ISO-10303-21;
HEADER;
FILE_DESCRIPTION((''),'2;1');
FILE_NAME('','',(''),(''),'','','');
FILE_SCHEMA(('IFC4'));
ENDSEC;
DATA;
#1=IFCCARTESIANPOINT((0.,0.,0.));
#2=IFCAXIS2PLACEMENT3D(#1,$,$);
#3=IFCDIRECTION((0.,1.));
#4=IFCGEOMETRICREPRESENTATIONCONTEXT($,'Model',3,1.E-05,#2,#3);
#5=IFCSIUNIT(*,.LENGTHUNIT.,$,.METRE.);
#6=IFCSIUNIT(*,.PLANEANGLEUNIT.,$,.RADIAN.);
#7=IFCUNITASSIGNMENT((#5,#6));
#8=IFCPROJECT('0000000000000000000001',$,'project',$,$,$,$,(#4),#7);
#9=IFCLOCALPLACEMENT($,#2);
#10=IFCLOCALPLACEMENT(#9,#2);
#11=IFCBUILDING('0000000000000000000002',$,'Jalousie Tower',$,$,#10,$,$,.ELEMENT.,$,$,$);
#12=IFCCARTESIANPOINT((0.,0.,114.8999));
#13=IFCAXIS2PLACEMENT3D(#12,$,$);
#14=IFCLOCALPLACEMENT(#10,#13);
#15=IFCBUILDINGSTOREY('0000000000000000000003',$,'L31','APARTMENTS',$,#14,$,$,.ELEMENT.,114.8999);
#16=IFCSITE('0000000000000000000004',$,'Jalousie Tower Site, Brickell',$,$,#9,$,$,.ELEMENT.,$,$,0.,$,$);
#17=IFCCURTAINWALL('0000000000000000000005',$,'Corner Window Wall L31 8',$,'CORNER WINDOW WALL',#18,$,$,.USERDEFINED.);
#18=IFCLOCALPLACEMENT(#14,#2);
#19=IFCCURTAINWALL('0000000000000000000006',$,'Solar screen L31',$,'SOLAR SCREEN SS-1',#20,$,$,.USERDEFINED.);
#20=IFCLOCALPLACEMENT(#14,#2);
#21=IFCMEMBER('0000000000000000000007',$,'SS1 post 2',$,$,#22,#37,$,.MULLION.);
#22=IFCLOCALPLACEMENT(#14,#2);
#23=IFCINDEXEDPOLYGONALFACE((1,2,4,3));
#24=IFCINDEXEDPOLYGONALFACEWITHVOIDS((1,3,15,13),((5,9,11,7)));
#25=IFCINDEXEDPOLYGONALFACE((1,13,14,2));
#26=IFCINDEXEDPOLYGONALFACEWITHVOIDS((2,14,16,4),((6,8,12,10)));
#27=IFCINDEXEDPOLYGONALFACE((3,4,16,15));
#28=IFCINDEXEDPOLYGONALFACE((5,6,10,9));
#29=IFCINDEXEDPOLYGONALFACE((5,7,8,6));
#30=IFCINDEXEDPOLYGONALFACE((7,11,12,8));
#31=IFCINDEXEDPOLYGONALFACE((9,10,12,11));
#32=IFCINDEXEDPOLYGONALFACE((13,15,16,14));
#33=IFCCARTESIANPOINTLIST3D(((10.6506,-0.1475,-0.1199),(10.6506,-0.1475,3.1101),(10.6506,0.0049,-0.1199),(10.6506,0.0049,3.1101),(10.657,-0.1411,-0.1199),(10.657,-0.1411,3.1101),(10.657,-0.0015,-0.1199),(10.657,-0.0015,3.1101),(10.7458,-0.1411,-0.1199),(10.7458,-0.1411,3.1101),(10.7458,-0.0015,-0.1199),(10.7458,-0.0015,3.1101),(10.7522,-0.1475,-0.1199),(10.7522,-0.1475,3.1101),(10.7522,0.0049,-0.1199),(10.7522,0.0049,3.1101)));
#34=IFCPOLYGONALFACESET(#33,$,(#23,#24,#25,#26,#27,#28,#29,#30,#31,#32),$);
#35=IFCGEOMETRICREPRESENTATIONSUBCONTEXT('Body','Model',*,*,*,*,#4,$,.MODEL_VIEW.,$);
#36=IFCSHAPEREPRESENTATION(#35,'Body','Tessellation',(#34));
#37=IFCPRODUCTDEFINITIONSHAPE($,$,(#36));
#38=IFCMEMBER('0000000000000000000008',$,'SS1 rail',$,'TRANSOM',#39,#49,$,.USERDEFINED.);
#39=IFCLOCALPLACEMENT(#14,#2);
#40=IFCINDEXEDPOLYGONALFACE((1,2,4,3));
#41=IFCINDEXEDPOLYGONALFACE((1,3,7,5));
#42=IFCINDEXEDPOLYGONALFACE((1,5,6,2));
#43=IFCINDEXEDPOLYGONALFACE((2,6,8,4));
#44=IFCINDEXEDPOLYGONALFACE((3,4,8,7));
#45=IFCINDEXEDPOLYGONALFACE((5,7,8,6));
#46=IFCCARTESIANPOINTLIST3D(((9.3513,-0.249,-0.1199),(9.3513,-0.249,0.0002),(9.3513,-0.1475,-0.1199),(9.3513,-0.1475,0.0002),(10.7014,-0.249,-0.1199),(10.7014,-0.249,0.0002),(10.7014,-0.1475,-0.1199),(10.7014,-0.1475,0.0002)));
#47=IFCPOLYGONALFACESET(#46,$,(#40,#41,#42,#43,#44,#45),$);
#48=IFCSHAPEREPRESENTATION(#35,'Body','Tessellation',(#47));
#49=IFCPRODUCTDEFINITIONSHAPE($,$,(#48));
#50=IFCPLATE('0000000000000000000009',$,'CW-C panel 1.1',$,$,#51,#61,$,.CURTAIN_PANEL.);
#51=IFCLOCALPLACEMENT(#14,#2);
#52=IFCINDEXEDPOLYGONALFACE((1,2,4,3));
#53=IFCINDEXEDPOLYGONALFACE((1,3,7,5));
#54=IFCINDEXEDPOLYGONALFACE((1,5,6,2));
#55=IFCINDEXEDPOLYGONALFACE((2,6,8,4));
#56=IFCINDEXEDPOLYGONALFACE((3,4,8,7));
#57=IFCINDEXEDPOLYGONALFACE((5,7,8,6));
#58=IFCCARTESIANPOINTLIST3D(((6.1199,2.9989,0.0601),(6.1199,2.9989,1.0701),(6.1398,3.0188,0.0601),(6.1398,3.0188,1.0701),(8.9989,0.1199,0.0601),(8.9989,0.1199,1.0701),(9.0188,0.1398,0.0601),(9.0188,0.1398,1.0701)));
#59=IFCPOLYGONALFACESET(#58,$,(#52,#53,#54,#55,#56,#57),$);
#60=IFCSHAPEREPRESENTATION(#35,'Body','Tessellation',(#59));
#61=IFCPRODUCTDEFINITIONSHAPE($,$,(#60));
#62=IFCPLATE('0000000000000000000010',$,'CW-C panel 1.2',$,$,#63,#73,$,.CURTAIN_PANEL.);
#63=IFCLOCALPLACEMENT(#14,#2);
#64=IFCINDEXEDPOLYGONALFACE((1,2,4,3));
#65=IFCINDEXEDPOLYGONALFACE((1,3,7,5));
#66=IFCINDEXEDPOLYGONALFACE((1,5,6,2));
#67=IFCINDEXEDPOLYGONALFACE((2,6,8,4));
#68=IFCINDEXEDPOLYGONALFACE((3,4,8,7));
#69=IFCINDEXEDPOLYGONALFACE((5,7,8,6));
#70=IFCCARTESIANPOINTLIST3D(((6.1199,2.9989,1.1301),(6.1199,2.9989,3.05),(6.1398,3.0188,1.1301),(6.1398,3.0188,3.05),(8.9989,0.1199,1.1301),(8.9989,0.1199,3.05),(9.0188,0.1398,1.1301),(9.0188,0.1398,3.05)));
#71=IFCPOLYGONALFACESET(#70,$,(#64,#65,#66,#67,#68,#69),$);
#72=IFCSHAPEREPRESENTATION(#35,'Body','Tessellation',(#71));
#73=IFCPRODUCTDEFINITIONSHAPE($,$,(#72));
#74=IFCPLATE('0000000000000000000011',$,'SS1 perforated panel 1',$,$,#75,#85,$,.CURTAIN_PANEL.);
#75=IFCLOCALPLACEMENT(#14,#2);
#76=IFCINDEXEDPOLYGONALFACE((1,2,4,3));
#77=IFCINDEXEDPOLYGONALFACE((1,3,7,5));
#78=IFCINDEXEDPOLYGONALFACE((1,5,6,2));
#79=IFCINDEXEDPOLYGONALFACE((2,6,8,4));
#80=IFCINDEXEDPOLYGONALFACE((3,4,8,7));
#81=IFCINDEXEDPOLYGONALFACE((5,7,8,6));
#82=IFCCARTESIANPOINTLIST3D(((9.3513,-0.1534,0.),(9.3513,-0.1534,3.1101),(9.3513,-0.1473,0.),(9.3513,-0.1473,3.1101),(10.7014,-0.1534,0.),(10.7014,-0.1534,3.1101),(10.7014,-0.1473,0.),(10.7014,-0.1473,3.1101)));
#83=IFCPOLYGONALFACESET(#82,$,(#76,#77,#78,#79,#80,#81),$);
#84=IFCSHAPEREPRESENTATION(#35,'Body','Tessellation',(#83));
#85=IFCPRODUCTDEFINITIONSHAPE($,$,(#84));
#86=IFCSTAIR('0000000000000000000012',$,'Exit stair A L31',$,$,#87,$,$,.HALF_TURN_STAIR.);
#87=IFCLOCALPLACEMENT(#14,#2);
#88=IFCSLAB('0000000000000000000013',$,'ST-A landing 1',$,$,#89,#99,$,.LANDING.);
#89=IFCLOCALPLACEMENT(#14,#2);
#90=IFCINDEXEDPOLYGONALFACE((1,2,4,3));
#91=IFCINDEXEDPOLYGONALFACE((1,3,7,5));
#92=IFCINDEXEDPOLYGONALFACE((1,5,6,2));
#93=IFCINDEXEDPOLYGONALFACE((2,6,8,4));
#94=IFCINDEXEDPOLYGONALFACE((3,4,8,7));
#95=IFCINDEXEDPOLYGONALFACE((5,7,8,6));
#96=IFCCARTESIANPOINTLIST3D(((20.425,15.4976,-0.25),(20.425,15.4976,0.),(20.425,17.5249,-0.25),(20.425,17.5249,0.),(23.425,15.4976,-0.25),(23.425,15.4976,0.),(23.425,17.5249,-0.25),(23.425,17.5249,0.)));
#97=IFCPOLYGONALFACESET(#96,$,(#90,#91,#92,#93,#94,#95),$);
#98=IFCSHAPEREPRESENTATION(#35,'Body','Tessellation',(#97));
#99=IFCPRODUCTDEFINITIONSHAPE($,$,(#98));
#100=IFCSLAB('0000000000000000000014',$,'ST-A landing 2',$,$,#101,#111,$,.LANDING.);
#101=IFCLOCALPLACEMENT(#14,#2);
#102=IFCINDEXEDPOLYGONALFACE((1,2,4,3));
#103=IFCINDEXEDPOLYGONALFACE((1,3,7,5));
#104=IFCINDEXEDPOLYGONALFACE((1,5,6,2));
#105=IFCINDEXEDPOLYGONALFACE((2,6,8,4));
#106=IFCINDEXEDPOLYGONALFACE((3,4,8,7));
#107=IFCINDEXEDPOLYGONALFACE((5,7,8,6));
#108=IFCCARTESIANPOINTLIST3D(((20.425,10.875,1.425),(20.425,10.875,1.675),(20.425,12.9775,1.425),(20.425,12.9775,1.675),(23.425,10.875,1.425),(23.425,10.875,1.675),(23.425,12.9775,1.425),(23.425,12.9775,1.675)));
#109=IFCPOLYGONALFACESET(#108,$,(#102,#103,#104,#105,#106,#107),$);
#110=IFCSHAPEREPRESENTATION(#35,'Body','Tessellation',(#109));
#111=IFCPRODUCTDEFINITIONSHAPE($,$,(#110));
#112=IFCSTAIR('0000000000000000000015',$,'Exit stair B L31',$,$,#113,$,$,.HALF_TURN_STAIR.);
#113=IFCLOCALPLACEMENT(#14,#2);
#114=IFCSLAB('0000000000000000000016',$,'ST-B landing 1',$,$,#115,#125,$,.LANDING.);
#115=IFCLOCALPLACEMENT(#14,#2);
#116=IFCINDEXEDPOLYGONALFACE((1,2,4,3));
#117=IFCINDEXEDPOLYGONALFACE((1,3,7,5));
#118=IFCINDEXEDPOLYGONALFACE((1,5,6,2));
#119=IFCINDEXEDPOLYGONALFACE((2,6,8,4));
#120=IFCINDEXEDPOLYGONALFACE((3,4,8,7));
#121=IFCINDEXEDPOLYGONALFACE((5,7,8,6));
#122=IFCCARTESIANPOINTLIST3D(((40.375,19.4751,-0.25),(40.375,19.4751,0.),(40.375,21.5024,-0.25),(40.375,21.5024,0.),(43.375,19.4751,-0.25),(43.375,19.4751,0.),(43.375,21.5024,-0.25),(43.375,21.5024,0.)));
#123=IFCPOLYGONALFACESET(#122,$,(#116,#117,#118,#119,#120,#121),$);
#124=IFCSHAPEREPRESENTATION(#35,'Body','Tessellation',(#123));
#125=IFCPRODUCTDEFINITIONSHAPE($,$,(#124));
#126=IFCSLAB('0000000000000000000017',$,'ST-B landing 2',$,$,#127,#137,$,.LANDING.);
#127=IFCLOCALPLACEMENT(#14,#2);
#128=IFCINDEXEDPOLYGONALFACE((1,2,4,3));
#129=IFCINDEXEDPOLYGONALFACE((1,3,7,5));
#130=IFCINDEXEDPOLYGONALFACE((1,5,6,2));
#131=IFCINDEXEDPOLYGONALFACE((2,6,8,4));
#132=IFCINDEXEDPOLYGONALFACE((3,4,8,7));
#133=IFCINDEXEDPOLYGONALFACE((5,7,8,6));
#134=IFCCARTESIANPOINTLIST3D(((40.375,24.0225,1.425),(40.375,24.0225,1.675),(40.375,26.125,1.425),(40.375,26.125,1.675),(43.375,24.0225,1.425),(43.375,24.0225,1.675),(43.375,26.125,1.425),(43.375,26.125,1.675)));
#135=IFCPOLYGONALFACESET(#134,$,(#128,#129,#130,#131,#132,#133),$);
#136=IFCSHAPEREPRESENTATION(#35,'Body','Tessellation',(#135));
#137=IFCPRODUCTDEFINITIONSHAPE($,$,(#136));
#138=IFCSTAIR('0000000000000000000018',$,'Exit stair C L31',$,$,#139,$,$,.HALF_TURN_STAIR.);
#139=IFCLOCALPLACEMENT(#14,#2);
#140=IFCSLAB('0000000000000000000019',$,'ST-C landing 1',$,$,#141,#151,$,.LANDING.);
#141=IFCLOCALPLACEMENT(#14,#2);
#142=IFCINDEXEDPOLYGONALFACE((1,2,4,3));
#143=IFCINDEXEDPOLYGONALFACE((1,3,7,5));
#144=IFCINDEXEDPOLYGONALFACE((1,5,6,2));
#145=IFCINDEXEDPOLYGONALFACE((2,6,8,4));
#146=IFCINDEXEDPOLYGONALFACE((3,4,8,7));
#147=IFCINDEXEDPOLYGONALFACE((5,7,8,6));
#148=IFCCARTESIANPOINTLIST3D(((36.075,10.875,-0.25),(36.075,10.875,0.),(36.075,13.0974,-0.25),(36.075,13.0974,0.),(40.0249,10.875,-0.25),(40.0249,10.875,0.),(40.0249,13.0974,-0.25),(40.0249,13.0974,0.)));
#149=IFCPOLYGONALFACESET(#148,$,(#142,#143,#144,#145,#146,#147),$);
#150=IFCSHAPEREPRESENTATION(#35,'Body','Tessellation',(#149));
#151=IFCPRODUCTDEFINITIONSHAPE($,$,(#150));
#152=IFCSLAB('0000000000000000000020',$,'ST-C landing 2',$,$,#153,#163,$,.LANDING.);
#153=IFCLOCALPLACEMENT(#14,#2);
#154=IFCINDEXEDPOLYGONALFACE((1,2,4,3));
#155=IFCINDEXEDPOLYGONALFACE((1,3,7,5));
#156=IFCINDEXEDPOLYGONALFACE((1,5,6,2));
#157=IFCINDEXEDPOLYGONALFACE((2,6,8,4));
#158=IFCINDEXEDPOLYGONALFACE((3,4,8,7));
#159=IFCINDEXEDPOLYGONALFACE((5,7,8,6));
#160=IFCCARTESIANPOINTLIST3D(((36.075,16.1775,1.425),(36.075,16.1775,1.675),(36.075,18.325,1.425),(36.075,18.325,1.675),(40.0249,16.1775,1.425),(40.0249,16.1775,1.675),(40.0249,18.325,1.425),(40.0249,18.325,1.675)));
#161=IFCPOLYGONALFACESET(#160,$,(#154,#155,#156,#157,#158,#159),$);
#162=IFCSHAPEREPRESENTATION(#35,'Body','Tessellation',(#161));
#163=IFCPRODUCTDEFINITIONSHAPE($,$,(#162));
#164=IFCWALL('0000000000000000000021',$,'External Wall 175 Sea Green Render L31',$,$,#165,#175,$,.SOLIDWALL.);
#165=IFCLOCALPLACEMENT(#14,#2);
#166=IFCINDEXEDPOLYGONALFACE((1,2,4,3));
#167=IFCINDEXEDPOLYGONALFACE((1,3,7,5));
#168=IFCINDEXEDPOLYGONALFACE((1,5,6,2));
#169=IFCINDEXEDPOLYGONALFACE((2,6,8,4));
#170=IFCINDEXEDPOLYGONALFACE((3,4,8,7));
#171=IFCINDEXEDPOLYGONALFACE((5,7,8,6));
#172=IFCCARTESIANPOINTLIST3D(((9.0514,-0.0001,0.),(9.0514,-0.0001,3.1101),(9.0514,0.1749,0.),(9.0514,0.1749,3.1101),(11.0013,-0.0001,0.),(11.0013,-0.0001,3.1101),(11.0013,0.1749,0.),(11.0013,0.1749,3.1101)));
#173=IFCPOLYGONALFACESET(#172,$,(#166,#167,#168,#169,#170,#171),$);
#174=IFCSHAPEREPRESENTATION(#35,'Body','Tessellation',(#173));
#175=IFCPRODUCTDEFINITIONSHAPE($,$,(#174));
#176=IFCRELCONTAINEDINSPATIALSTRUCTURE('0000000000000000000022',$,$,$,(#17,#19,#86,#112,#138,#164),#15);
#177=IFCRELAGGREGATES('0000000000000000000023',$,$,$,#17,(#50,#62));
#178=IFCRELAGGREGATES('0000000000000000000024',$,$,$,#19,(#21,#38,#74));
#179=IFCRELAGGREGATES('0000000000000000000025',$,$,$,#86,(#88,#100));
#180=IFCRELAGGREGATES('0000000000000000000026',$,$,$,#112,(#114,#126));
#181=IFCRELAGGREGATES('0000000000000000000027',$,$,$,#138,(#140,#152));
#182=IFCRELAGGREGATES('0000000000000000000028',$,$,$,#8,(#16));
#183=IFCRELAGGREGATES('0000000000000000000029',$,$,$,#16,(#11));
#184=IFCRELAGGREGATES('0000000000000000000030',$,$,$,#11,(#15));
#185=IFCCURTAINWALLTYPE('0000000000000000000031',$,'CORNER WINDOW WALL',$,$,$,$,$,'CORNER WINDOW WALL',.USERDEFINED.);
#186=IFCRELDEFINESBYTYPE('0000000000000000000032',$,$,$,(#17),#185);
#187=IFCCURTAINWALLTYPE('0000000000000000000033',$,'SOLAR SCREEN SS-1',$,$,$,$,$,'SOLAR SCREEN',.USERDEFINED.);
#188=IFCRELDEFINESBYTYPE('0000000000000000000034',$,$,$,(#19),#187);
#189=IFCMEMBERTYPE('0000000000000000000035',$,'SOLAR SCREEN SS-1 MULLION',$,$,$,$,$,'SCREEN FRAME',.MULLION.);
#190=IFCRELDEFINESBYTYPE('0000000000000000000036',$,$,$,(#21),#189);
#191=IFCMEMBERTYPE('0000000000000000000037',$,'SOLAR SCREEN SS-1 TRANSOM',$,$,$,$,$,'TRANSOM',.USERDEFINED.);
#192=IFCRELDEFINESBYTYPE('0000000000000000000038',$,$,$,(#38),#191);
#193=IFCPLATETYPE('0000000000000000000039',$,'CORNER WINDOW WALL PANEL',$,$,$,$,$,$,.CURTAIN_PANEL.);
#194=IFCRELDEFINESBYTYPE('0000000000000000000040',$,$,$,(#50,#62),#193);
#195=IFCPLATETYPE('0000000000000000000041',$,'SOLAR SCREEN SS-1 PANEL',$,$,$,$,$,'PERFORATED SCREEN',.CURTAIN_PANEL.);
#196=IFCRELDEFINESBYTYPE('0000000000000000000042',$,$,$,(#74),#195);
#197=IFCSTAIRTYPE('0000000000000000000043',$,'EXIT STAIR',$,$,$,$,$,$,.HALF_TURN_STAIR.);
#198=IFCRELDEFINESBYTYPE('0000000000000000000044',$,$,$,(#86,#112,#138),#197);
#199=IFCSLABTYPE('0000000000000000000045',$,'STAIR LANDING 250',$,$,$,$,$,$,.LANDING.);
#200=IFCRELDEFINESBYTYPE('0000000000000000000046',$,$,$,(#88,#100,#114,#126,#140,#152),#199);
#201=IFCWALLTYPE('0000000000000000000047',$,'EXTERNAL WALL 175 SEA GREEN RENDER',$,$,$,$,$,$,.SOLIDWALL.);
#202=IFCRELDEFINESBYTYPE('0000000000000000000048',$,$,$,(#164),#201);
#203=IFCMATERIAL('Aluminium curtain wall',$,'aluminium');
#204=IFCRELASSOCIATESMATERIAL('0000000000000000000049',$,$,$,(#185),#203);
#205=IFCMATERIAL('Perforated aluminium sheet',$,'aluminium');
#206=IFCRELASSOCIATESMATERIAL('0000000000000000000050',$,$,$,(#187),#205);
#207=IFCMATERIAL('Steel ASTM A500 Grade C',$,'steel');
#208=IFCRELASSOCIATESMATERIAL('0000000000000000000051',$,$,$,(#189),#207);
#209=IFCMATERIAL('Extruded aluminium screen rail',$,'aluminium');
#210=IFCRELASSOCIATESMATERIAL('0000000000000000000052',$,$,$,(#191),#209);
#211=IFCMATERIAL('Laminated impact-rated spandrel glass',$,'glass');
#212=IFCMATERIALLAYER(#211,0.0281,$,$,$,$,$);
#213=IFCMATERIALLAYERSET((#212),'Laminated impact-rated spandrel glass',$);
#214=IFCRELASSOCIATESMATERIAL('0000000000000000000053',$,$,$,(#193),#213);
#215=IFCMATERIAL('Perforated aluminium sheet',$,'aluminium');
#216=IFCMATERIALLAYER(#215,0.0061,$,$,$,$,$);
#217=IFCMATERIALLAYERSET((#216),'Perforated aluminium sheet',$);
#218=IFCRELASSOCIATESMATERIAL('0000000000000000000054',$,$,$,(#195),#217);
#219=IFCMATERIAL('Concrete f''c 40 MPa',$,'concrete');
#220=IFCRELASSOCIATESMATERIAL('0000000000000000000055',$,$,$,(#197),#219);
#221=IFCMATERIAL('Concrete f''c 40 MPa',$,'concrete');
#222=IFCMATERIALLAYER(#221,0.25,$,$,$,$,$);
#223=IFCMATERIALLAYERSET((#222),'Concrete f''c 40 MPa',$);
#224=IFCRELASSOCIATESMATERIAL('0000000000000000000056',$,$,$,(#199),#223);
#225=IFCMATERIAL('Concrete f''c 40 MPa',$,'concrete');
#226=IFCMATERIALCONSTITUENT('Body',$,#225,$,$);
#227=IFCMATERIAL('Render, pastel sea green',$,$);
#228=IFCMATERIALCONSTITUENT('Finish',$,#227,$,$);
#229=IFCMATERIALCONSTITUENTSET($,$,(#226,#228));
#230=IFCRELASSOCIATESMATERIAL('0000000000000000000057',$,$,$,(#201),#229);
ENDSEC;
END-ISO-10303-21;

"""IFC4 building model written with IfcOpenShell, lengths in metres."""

from ifc_helpers import new_model, si_unit, direction, frame, frame_2d, origin, origin_2d, place, context, subcontext, project, spatial, polyline, rectangle, hollow_rectangle, outline, extrude, material, layer, layer_set, constituent, constituent_set, material_profile, profile_set, type_object, element, aggregate, save


model = new_model("IFC4")

# Units and contexts
model_context = context("Model", 3, precision=1e-05, world=origin(), true_north=direction((0.0, 1.0)))
body_context = subcontext(model_context, "Body", "Model", "MODEL_VIEW")
ifc_project = project(units=[si_unit("LENGTHUNIT", "METRE"), si_unit("PLANEANGLEUNIT", "RADIAN")], contexts=[model_context])

# Site, building, storey
site_placement = place(None, origin())
site = spatial("IfcSite", under=ifc_project, at=site_placement, Name="Jalousie Tower Site, Brickell", CompositionType="ELEMENT", RefElevation=0.0)
building_placement = place(site_placement, origin())
building = spatial("IfcBuilding", under=site, at=building_placement, Name="Jalousie Tower", CompositionType="ELEMENT")
storey_placement = place(building_placement, frame((0.0, 0.0, 114.8999)))
storey = spatial("IfcBuildingStorey", under=building, at=storey_placement, Name="L31", Description="APARTMENTS", CompositionType="ELEMENT", Elevation=114.8999)

# Curtain wall
ifc_material_1 = material(Name="Aluminium curtain wall", Category="aluminium")
curtain_wall_type_1 = type_object("IfcCurtainWallType", Name="CORNER WINDOW WALL", ElementType="CORNER WINDOW WALL", PredefinedType="USERDEFINED", material=ifc_material_1)
curtain_wall_1_placement = place(storey_placement, origin())
curtain_wall_1 = element("IfcCurtainWall", 1, at=curtain_wall_1_placement, inside=storey, type_object=curtain_wall_type_1, Name="Corner Window Wall L31 8", ObjectType="CORNER WINDOW WALL", PredefinedType="USERDEFINED")

# Curtain wall, members
ifc_material_2 = material(Name="Perforated aluminium sheet", Category="aluminium")
curtain_wall_type_2 = type_object("IfcCurtainWallType", Name="SOLAR SCREEN SS-1", ElementType="SOLAR SCREEN", PredefinedType="USERDEFINED", material=ifc_material_2)
curtain_wall_2_placement = place(storey_placement, origin())
curtain_wall_2 = element("IfcCurtainWall", 2, at=curtain_wall_2_placement, inside=storey, type_object=curtain_wall_type_2, Name="Solar screen L31", ObjectType="SOLAR SCREEN SS-1", PredefinedType="USERDEFINED")
ifc_material_3 = material(Name="Steel ASTM A500 Grade C", Category="steel")
ifc_material_profile_1 = material_profile(ifc_material_3, hollow_rectangle(XDim=0.1016, YDim=0.1523, WallThickness=0.0063, at=origin_2d()), Name="HSS6X4X1/4")
ifc_profile_set_1 = profile_set([ifc_material_profile_1], Name="Steel ASTM A500 Grade C")
member_type_1 = type_object("IfcMemberType", Name="SOLAR SCREEN SS-1 MULLION", ElementType="SCREEN FRAME", PredefinedType="MULLION", material=ifc_profile_set_1)
member_1_placement = place(storey_placement, frame((10.7014, -0.0713, -0.1199), z_axis=(0.0, 0.0, 1.0), x_axis=(1.0, 0.0, 0.0)))
member_1 = element("IfcMember", 3, at=member_1_placement, type_object=member_type_1, Name="SS1 post 2", PredefinedType="MULLION", context=body_context, shape_type="SweptSolid", body=[
    extrude(hollow_rectangle(XDim=0.1016, YDim=0.1523, WallThickness=0.0063, at=origin_2d()), origin(), (0.0, 0.0, 1.0), 3.23),
])
ifc_material_4 = material(Name="Extruded aluminium screen rail", Category="aluminium")
ifc_material_profile_2 = material_profile(ifc_material_4, rectangle(XDim=0.1016, YDim=0.1201, at=origin_2d()), Name="RAIL 102x120")
ifc_profile_set_2 = profile_set([ifc_material_profile_2], Name="Extruded aluminium screen rail")
member_type_2 = type_object("IfcMemberType", Name="SOLAR SCREEN SS-1 TRANSOM", ElementType="TRANSOM", PredefinedType="USERDEFINED", material=ifc_profile_set_2)
member_2_placement = place(storey_placement, frame((9.3513, -0.1982, -0.0598), z_axis=(1.0, 0.0, 0.0), x_axis=(0.0, 1.0, 0.0)))
member_2 = element("IfcMember", 4, at=member_2_placement, type_object=member_type_2, Name="SS1 rail", ObjectType="TRANSOM", PredefinedType="USERDEFINED", context=body_context, shape_type="SweptSolid", body=[
    extrude(rectangle(XDim=0.1016, YDim=0.1201, at=origin_2d()), origin(), (0.0, 0.0, 1.0), 1.3501),
])

# Plates
ifc_material_5 = material(Name="Laminated impact-rated spandrel glass", Category="glass")
ifc_layer_1 = layer(ifc_material_5, 0.0281)
ifc_layer_set_1 = layer_set([ifc_layer_1], Name="Laminated impact-rated spandrel glass")
plate_type_1 = type_object("IfcPlateType", Name="CORNER WINDOW WALL PANEL", PredefinedType="CURTAIN_PANEL", material=ifc_layer_set_1)
plate_1_placement = place(storey_placement, frame((7.5693, 1.5693, 0.0601), z_axis=(0.0, 0.0, 1.0), x_axis=(0.707107, -0.707107, 0.0)))
plate_1 = element("IfcPlate", 5, at=plate_1_placement, type_object=plate_type_1, Name="CW-C panel 1.1", PredefinedType="CURTAIN_PANEL", context=body_context, shape_type="SweptSolid", body=[
    extrude(rectangle(XDim=4.0715, YDim=0.0281, at=origin_2d()), origin(), (0.0, 0.0, 1.0), 1.01),
])
plate_2_placement = place(storey_placement, frame((7.5693, 1.5693, 1.1301), z_axis=(0.0, 0.0, 1.0), x_axis=(0.707107, -0.707107, 0.0)))
plate_2 = element("IfcPlate", 6, at=plate_2_placement, type_object=plate_type_1, Name="CW-C panel 1.2", PredefinedType="CURTAIN_PANEL", context=body_context, shape_type="SweptSolid", body=[
    extrude(rectangle(XDim=4.0715, YDim=0.0281, at=origin_2d()), origin(), (0.0, 0.0, 1.0), 1.9199),
])
aggregate(curtain_wall_1, [plate_1, plate_2])

# Plate
ifc_material_6 = material(Name="Perforated aluminium sheet", Category="aluminium")
ifc_layer_2 = layer(ifc_material_6, 0.0061)
ifc_layer_set_2 = layer_set([ifc_layer_2], Name="Perforated aluminium sheet")
plate_type_2 = type_object("IfcPlateType", Name="SOLAR SCREEN SS-1 PANEL", ElementType="PERFORATED SCREEN", PredefinedType="CURTAIN_PANEL", material=ifc_layer_set_2)
plate_3_placement = place(storey_placement, frame((10.0264, -0.1504, 0.0), z_axis=(0.0, 0.0, 1.0), x_axis=(1.0, 0.0, 0.0)))
plate_3 = element("IfcPlate", 7, at=plate_3_placement, type_object=plate_type_2, Name="SS1 perforated panel 1", PredefinedType="CURTAIN_PANEL", context=body_context, shape_type="SweptSolid", body=[
    extrude(rectangle(XDim=1.3501, YDim=0.0061, at=origin_2d()), origin(), (0.0, 0.0, 1.0), 3.1101),
])
aggregate(curtain_wall_2, [member_1, member_2, plate_3])

# Stairs, slabs
ifc_material_7 = material(Name="Concrete f'c 40 MPa", Category="concrete")
stair_type = type_object("IfcStairType", Name="EXIT STAIR", PredefinedType="HALF_TURN_STAIR", material=ifc_material_7)
stair_1_placement = place(storey_placement, origin())
stair_1 = element("IfcStair", 8, at=stair_1_placement, inside=storey, type_object=stair_type, Name="Exit stair A L31", PredefinedType="HALF_TURN_STAIR")
ifc_material_8 = material(Name="Concrete f'c 40 MPa", Category="concrete")
ifc_layer_3 = layer(ifc_material_8, 0.25)
ifc_layer_set_3 = layer_set([ifc_layer_3], Name="Concrete f'c 40 MPa")
slab_type_1 = type_object("IfcSlabType", Name="STAIR LANDING 250", PredefinedType="LANDING", material=ifc_layer_set_3)
slab_1_placement = place(storey_placement, frame((0.0, 0.0, -0.25)))
slab_1 = element("IfcSlab", 9, at=slab_1_placement, type_object=slab_type_1, Name="ST-A landing 1", PredefinedType="LANDING", context=body_context, shape_type="SweptSolid", body=[
    extrude(outline(polyline([(20.425, 15.4976), (23.425, 15.4976), (23.425, 17.5249), (20.425, 17.5249), (20.425, 15.4976)])), origin(), (0.0, 0.0, 1.0), 0.25),
])
slab_2_placement = place(storey_placement, frame((0.0, 0.0, 1.425)))
slab_2 = element("IfcSlab", 10, at=slab_2_placement, type_object=slab_type_1, Name="ST-A landing 2", PredefinedType="LANDING", context=body_context, shape_type="SweptSolid", body=[
    extrude(outline(polyline([(20.425, 10.875), (23.425, 10.875), (23.425, 12.9775), (20.425, 12.9775), (20.425, 10.875)])), origin(), (0.0, 0.0, 1.0), 0.25),
])
aggregate(stair_1, [slab_1, slab_2])
stair_2_placement = place(storey_placement, origin())
stair_2 = element("IfcStair", 11, at=stair_2_placement, inside=storey, type_object=stair_type, Name="Exit stair B L31", PredefinedType="HALF_TURN_STAIR")
slab_3_placement = place(storey_placement, frame((0.0, 0.0, -0.25)))
slab_3 = element("IfcSlab", 12, at=slab_3_placement, type_object=slab_type_1, Name="ST-B landing 1", PredefinedType="LANDING", context=body_context, shape_type="SweptSolid", body=[
    extrude(outline(polyline([(40.375, 19.4751), (43.375, 19.4751), (43.375, 21.5024), (40.375, 21.5024), (40.375, 19.4751)])), origin(), (0.0, 0.0, 1.0), 0.25),
])
slab_4_placement = place(storey_placement, frame((0.0, 0.0, 1.425)))
slab_4 = element("IfcSlab", 13, at=slab_4_placement, type_object=slab_type_1, Name="ST-B landing 2", PredefinedType="LANDING", context=body_context, shape_type="SweptSolid", body=[
    extrude(outline(polyline([(40.375, 24.0225), (43.375, 24.0225), (43.375, 26.125), (40.375, 26.125), (40.375, 24.0225)])), origin(), (0.0, 0.0, 1.0), 0.25),
])
aggregate(stair_2, [slab_3, slab_4])
stair_3_placement = place(storey_placement, origin())
stair_3 = element("IfcStair", 14, at=stair_3_placement, inside=storey, type_object=stair_type, Name="Exit stair C L31", PredefinedType="HALF_TURN_STAIR")
slab_5_placement = place(storey_placement, frame((0.0, 0.0, -0.25)))
slab_5 = element("IfcSlab", 15, at=slab_5_placement, type_object=slab_type_1, Name="ST-C landing 1", PredefinedType="LANDING", context=body_context, shape_type="SweptSolid", body=[
    extrude(outline(polyline([(36.075, 10.875), (40.0249, 10.875), (40.0249, 13.0974), (36.075, 13.0974), (36.075, 10.875)])), origin(), (0.0, 0.0, 1.0), 0.25),
])
slab_6_placement = place(storey_placement, frame((0.0, 0.0, 1.425)))
slab_6 = element("IfcSlab", 16, at=slab_6_placement, type_object=slab_type_1, Name="ST-C landing 2", PredefinedType="LANDING", context=body_context, shape_type="SweptSolid", body=[
    extrude(outline(polyline([(36.075, 16.1775), (40.0249, 16.1775), (40.0249, 18.325), (36.075, 18.325), (36.075, 16.1775)])), origin(), (0.0, 0.0, 1.0), 0.25),
])
aggregate(stair_3, [slab_5, slab_6])

# Wall
ifc_material_9 = material(Name="Concrete f'c 40 MPa", Category="concrete")
ifc_constituent_1 = constituent(ifc_material_9, Name="Body")
ifc_material_10 = material(Name="Render, pastel sea green")
ifc_constituent_2 = constituent(ifc_material_10, Name="Finish")
ifc_constituent_set = constituent_set(constituents=[ifc_constituent_1, ifc_constituent_2])
wall_type = type_object("IfcWallType", Name="EXTERNAL WALL 175 SEA GREEN RENDER", PredefinedType="SOLIDWALL", material=ifc_constituent_set)
wall_1_placement = place(storey_placement, frame((9.0513, 0.0874, 0.0), z_axis=(0.0, 0.0, 1.0), x_axis=(1.0, 0.0, 0.0)))
element("IfcWall", 17, at=wall_1_placement, inside=storey, type_object=wall_type, Name="External Wall 175 Sea Green Render L31", PredefinedType="SOLIDWALL", context=body_context, shape_type="SweptSolid", body=[
    extrude(rectangle(XDim=1.95, YDim=0.175, at=frame_2d((0.9751, 0.0))), origin(), (0.0, 0.0, 1.0), 3.1101),
])

save(model, "model.ifc")
